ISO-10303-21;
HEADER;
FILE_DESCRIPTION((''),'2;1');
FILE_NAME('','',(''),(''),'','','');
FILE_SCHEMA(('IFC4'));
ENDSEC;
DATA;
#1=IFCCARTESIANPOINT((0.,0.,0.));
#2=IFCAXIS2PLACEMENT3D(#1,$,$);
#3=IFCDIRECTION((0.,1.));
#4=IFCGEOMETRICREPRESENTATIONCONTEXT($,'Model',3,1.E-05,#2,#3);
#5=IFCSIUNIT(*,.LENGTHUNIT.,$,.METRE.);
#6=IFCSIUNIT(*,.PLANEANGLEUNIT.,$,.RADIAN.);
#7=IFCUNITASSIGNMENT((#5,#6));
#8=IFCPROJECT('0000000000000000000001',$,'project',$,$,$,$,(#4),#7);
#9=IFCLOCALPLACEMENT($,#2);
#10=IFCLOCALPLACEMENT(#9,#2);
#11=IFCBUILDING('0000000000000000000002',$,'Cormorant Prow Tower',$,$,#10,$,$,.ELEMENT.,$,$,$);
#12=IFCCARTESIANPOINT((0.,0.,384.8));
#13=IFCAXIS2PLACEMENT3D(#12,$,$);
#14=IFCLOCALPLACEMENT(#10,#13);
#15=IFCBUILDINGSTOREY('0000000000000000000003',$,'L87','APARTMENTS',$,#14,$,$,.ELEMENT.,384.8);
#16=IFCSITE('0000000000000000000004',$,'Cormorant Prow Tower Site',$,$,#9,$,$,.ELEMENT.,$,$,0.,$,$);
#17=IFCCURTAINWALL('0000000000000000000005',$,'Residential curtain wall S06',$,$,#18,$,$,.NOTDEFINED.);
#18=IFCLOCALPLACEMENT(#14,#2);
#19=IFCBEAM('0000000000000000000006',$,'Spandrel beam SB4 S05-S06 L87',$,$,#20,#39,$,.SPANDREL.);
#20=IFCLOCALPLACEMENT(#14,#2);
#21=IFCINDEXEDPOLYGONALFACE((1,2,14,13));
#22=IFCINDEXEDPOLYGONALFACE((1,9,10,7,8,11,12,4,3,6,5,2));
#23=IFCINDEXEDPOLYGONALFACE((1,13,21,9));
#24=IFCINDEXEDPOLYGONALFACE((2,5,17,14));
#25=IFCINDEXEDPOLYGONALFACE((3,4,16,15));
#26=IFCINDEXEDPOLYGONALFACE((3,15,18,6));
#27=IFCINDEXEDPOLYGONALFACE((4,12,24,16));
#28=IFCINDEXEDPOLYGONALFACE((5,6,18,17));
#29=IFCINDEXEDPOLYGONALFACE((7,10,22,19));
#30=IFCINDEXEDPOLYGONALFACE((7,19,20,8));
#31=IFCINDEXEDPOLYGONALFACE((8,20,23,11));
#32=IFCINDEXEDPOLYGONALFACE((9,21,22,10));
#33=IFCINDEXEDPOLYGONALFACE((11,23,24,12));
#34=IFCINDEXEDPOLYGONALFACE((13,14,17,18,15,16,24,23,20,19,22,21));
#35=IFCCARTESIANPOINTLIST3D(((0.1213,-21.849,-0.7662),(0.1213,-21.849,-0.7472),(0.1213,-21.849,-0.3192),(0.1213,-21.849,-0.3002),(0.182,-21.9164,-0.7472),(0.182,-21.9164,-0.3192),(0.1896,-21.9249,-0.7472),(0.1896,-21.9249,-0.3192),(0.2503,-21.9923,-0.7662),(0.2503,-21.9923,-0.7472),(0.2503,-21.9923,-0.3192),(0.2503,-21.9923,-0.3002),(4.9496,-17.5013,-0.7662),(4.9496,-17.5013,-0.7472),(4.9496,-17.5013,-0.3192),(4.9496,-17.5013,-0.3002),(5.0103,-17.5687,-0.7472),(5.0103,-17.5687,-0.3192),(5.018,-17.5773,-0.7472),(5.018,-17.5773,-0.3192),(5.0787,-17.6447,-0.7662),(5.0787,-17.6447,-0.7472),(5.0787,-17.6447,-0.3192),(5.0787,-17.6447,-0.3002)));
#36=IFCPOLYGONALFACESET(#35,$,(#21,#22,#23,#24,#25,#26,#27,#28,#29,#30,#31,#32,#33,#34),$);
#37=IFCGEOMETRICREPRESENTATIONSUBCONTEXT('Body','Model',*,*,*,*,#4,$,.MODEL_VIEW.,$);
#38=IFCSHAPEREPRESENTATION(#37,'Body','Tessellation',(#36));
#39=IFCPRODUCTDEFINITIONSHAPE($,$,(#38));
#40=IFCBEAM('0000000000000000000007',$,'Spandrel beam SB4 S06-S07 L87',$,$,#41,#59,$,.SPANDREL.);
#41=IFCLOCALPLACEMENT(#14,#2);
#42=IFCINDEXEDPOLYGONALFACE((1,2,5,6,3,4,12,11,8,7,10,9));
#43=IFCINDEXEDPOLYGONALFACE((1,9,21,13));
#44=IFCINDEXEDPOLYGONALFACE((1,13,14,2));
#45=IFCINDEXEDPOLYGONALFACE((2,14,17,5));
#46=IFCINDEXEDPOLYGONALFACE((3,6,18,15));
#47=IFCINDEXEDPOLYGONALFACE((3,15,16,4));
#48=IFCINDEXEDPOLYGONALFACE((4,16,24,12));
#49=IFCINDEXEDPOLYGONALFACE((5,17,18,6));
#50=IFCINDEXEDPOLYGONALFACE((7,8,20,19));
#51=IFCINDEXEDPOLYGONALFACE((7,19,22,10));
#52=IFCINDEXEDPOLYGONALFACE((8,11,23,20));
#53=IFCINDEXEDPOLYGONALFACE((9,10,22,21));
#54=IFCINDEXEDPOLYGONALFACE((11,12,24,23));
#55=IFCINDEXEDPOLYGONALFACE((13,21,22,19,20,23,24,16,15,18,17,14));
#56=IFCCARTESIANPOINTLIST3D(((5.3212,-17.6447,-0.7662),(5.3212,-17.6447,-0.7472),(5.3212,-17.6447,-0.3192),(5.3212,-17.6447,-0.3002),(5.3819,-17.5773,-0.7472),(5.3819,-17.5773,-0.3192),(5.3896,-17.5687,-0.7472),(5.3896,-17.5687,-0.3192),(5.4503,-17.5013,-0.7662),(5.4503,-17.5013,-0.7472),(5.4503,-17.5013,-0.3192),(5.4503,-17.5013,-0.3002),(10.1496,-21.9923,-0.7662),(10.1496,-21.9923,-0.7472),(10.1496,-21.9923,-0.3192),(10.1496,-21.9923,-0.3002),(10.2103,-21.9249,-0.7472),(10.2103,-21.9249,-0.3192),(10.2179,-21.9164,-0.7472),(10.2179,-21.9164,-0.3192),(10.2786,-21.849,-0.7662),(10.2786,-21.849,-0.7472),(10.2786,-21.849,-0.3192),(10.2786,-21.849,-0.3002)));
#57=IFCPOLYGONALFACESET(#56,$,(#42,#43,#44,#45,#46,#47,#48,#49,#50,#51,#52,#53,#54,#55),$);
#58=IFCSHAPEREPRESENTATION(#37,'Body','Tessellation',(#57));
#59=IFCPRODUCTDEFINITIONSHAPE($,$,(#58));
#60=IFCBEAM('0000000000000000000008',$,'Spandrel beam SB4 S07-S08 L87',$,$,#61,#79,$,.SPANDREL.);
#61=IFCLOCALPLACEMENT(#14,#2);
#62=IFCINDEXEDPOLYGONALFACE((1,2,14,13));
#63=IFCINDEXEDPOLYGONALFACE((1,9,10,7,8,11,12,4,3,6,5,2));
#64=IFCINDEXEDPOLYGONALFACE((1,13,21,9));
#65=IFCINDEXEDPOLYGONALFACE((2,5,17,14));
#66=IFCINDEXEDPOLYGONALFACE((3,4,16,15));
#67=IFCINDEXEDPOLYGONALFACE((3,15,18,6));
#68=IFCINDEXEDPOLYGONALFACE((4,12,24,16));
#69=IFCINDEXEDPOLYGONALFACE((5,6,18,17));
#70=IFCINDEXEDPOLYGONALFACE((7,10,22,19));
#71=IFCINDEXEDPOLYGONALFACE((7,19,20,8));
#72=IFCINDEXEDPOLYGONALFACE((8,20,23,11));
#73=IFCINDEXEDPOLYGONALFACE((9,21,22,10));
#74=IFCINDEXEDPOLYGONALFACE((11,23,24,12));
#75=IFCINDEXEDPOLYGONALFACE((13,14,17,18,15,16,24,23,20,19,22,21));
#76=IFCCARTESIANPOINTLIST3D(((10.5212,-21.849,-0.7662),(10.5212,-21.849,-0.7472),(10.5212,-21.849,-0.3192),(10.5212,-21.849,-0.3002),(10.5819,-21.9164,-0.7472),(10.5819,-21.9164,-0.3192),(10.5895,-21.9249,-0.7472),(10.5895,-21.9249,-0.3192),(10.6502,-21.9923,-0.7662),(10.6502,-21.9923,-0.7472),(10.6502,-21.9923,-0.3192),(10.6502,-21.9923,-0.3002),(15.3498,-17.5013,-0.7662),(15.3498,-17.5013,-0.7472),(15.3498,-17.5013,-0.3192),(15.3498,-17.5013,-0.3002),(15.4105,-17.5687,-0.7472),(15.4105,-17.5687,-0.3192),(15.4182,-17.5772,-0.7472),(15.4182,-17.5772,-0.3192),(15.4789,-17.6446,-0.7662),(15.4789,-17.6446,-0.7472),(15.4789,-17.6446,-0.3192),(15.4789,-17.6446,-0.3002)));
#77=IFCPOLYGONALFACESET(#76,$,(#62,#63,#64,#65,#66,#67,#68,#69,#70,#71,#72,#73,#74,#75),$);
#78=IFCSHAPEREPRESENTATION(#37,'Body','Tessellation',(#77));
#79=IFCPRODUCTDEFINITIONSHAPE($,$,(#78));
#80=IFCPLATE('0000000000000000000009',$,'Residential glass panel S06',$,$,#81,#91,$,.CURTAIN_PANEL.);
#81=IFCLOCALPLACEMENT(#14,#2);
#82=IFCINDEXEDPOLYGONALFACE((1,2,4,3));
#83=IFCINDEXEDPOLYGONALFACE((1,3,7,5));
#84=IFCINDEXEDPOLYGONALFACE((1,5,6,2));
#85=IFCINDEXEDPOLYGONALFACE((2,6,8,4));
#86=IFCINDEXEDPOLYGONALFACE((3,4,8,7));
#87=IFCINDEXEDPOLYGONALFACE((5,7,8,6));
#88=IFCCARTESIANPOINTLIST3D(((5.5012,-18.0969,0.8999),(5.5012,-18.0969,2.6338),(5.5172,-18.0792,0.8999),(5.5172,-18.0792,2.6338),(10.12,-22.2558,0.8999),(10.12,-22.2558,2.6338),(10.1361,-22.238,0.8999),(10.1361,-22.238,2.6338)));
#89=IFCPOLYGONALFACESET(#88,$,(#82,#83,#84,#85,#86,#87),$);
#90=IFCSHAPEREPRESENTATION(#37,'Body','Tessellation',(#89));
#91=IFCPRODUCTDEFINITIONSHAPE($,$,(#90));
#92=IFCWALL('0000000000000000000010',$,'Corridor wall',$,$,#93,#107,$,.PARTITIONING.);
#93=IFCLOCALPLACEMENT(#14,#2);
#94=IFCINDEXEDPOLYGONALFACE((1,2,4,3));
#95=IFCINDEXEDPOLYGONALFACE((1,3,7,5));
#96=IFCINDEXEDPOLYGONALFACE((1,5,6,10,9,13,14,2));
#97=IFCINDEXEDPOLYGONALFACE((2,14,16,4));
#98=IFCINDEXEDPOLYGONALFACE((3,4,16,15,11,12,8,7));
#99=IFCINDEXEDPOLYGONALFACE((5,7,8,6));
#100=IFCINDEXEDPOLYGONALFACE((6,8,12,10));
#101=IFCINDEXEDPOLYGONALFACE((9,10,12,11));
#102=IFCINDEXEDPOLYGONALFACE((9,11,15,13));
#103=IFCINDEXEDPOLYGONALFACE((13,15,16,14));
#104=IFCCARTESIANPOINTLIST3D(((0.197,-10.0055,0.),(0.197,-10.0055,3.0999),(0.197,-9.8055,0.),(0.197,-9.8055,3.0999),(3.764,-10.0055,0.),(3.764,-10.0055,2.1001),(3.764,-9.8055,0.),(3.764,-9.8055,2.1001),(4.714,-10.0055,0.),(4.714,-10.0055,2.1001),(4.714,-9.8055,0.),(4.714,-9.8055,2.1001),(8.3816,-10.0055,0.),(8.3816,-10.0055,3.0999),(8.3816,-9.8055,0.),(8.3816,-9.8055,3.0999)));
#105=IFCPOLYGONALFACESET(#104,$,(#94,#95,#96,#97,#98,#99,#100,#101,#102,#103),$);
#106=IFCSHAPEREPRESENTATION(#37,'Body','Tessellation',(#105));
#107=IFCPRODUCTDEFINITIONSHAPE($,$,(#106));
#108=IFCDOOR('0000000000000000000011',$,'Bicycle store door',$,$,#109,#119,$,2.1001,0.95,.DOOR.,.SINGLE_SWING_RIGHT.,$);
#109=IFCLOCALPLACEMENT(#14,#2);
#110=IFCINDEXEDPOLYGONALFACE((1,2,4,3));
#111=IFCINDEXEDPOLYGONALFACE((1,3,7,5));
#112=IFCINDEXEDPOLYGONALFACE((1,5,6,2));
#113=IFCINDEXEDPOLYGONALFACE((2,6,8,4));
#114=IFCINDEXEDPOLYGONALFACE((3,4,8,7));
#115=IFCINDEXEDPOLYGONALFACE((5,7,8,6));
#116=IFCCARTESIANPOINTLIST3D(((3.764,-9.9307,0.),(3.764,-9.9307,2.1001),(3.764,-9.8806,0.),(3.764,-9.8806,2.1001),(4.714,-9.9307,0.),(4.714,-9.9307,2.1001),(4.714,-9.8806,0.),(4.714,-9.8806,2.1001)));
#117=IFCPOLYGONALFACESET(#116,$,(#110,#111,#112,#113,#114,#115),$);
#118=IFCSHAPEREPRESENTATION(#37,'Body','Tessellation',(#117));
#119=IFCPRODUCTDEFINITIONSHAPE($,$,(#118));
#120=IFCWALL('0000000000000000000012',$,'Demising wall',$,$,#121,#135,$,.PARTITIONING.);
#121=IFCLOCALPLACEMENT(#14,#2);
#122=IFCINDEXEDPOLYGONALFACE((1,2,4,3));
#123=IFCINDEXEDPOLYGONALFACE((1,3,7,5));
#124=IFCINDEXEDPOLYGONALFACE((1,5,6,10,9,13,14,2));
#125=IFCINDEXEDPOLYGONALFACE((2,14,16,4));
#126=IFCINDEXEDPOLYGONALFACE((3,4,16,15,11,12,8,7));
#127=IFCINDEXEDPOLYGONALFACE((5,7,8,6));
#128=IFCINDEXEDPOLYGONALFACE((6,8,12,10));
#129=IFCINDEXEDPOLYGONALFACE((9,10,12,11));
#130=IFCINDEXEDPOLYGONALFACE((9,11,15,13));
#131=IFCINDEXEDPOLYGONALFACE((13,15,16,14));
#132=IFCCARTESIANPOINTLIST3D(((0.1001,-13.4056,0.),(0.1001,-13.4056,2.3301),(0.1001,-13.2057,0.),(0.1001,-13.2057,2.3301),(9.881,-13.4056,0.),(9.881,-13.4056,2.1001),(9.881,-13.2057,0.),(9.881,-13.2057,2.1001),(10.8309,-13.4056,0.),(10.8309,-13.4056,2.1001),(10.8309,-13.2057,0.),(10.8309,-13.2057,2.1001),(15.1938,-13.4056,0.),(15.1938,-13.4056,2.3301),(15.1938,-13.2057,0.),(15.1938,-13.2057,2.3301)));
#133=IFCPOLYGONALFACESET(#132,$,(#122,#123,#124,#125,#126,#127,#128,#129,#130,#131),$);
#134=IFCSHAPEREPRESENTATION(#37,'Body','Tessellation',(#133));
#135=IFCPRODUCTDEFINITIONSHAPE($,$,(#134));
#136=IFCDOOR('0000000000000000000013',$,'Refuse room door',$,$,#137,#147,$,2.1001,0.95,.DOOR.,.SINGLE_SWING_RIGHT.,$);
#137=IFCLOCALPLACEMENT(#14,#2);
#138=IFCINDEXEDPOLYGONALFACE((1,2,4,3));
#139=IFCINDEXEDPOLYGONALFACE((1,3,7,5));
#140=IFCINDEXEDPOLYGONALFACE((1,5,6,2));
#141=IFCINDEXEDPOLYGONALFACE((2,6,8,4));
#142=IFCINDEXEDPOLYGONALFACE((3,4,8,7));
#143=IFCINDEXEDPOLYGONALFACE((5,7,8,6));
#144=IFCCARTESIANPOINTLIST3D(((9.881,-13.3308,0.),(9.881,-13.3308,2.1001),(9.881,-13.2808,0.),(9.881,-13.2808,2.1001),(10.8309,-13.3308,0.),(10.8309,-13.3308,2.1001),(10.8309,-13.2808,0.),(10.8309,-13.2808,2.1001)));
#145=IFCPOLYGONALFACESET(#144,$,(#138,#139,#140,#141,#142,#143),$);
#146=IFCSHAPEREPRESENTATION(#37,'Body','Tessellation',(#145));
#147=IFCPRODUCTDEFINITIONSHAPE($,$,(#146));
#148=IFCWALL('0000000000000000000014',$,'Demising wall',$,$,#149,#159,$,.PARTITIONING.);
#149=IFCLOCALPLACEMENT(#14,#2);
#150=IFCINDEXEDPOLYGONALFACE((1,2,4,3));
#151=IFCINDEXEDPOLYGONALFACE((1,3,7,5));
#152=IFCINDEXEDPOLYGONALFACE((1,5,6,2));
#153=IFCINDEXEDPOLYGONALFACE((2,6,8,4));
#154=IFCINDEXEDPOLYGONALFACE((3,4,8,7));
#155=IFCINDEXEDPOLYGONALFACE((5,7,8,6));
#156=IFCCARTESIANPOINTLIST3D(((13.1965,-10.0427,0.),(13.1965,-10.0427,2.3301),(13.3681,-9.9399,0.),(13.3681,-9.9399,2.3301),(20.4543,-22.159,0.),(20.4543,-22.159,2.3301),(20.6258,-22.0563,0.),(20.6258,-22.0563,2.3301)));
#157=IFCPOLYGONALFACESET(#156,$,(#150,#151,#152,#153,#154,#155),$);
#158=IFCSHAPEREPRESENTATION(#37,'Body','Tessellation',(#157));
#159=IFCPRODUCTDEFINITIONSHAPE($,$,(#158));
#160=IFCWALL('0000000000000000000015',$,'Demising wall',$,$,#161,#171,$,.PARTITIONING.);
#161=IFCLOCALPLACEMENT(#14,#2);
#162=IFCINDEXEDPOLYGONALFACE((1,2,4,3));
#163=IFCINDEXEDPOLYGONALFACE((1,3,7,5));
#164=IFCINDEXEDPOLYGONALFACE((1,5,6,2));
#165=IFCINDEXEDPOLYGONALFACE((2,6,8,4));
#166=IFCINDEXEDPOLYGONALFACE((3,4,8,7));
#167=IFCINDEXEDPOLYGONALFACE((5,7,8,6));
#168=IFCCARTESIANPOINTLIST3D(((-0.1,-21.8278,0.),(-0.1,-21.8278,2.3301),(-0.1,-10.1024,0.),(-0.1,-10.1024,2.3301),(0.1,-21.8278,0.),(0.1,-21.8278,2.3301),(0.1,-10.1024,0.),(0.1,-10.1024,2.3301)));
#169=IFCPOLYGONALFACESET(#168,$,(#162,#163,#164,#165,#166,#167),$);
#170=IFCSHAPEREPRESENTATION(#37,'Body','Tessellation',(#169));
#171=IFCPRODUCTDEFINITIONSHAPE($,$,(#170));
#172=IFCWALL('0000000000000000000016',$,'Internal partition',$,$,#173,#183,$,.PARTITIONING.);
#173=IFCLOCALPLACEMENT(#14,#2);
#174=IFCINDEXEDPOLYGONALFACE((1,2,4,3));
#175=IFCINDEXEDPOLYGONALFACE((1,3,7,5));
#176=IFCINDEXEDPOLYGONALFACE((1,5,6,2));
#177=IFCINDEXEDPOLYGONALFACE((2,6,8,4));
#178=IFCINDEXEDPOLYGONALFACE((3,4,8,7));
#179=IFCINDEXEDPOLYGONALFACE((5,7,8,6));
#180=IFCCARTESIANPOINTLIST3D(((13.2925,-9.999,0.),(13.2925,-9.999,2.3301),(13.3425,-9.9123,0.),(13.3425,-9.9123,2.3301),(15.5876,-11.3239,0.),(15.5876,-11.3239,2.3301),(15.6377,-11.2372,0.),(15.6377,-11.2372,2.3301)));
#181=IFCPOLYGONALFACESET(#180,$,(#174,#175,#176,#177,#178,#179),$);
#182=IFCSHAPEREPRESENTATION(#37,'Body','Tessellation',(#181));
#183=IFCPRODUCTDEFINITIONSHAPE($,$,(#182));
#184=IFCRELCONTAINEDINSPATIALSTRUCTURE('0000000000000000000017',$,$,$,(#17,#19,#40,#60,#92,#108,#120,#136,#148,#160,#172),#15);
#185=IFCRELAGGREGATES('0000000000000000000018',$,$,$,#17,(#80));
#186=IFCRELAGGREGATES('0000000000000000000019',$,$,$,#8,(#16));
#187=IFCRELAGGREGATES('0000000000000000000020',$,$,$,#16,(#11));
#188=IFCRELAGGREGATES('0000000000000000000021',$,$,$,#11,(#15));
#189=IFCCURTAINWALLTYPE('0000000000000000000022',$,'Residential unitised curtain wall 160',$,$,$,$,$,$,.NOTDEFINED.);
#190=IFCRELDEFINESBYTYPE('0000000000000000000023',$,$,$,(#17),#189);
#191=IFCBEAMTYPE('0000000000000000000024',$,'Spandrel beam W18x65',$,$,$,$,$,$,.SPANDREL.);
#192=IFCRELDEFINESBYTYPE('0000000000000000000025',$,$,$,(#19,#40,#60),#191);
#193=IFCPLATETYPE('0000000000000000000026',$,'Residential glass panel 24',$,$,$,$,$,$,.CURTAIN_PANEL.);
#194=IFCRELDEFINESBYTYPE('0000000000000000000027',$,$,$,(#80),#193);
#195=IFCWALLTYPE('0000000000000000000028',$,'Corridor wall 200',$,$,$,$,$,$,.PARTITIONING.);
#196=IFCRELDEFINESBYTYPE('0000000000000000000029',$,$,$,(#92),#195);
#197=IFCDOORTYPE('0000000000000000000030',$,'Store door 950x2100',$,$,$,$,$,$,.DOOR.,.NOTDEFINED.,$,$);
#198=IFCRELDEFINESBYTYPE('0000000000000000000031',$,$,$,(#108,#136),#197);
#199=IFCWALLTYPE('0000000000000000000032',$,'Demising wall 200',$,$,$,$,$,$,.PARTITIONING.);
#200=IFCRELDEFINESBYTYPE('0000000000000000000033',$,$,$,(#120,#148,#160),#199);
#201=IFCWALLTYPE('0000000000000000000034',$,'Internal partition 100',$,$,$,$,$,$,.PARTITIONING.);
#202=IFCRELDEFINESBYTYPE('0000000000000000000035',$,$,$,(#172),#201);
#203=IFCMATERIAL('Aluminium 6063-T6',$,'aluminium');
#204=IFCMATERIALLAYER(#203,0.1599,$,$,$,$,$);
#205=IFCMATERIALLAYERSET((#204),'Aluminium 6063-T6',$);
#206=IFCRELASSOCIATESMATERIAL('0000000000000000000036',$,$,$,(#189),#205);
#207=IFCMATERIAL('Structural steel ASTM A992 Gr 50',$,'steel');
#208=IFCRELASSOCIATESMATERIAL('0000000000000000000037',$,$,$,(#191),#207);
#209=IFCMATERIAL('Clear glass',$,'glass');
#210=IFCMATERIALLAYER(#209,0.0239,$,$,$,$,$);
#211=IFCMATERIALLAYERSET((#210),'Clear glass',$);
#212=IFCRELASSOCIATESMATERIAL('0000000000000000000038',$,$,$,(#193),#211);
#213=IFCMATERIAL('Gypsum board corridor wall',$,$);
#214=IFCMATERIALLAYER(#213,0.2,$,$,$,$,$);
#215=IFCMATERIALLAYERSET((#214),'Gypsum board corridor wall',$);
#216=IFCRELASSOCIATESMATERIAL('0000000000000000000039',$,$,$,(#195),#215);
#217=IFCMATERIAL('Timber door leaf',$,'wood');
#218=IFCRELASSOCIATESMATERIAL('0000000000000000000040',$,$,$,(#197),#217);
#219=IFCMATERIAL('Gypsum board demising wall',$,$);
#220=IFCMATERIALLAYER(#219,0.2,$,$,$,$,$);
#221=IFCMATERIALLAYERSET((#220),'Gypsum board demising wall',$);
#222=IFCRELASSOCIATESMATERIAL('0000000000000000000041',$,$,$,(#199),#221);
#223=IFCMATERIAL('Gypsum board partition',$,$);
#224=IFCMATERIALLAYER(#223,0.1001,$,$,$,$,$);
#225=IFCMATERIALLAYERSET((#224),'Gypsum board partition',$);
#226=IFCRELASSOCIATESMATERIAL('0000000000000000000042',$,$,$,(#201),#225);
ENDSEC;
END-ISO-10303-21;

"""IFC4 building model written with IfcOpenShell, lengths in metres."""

from ifc_helpers import new_model, si_unit, direction, frame, frame_2d, origin, origin_2d, place, context, subcontext, project, spatial, rectangle, i_section, extrude, material, layer, layer_set, material_profile, profile_set, type_object, element, fill, aggregate, save


model = new_model("IFC4")

# Units and contexts
model_context = context("Model", 3, precision=1e-05, world=origin(), true_north=direction((0.0, 1.0)))
body_context = subcontext(model_context, "Body", "Model", "MODEL_VIEW")
ifc_project = project(units=[si_unit("LENGTHUNIT", "METRE"), si_unit("PLANEANGLEUNIT", "RADIAN")], contexts=[model_context])

# Site, building, storey
site_placement = place(None, origin())
site = spatial("IfcSite", under=ifc_project, at=site_placement, Name="Cormorant Prow Tower Site", CompositionType="ELEMENT", RefElevation=0.0)
building_placement = place(site_placement, origin())
building = spatial("IfcBuilding", under=site, at=building_placement, Name="Cormorant Prow Tower", CompositionType="ELEMENT")
storey_placement = place(building_placement, frame((0.0, 0.0, 384.8)))
storey = spatial("IfcBuildingStorey", under=building, at=storey_placement, Name="L87", Description="APARTMENTS", CompositionType="ELEMENT", Elevation=384.8)

# Curtain wall
ifc_material_1 = material(Name="Aluminium 6063-T6", Category="aluminium")
ifc_layer_1 = layer(ifc_material_1, 0.1599)
ifc_layer_set_1 = layer_set([ifc_layer_1], Name="Aluminium 6063-T6")
curtain_wall_type = type_object("IfcCurtainWallType", Name="Residential unitised curtain wall 160", PredefinedType="NOTDEFINED", material=ifc_layer_set_1)
curtain_wall_placement = place(storey_placement, origin())
curtain_wall = element("IfcCurtainWall", 1, at=curtain_wall_placement, inside=storey, type_object=curtain_wall_type, Name="Residential curtain wall S06", PredefinedType="NOTDEFINED")

# Beams
ifc_material_2 = material(Name="Structural steel ASTM A992 Gr 50", Category="steel")
ifc_material_profile_1 = material_profile(ifc_material_2, i_section(OverallWidth=0.1929, OverallDepth=0.4661, WebThickness=0.0115, FlangeThickness=0.019, at=origin_2d()), Name="W18x65")
ifc_profile_set_1 = profile_set([ifc_material_profile_1], Name="Structural steel ASTM A992 Gr 50")
beam_type_1 = type_object("IfcBeamType", Name="Spandrel beam W18x65", PredefinedType="SPANDREL", material=ifc_profile_set_1)
for number, where, z_axis, x_axis, name in (
    (2, (0.1858, -21.9207, -0.5332), (0.743132, 0.669145, 0.0), (-0.669145, 0.743132, 0.0), "Spandrel beam SB4 S05-S06 L87"),
    (3, (5.3857, -17.573, -0.5332), (0.743132, -0.669145, 0.0), (0.669145, 0.743132, 0.0), "Spandrel beam SB4 S06-S07 L87"),
):
    element("IfcBeam", number, at=place(storey_placement, frame(where, z_axis=z_axis, x_axis=x_axis)), inside=storey, type_object=beam_type_1, Name=name, PredefinedType="SPANDREL", context=body_context, shape_type="SweptSolid", body=[
        extrude(i_section(OverallWidth=0.1929, OverallDepth=0.4661, WebThickness=0.0115, FlangeThickness=0.019, at=origin_2d()), origin(), (0.0, 0.0, 1.0), 6.4973),
    ])
beam_1_placement = place(storey_placement, frame((10.5857, -21.9207, -0.5332), z_axis=(0.743148, 0.669127, 0.0), x_axis=(-0.669127, 0.743148, 0.0)))
element("IfcBeam", 4, at=beam_1_placement, inside=storey, type_object=beam_type_1, Name="Spandrel beam SB4 S07-S08 L87", PredefinedType="SPANDREL", context=body_context, shape_type="SweptSolid", body=[
    extrude(i_section(OverallWidth=0.1929, OverallDepth=0.4661, WebThickness=0.0115, FlangeThickness=0.019, at=origin_2d()), origin(), (0.0, 0.0, 1.0), 6.4976),
])

# Plate
ifc_material_3 = material(Name="Clear glass", Category="glass")
ifc_layer_2 = layer(ifc_material_3, 0.0239)
ifc_layer_set_2 = layer_set([ifc_layer_2], Name="Clear glass")
plate_type = type_object("IfcPlateType", Name="Residential glass panel 24", PredefinedType="CURTAIN_PANEL", material=ifc_layer_set_2)
plate_placement = place(storey_placement, frame((7.8186, -20.1675, 0.8999), z_axis=(0.0, 0.0, 1.0), x_axis=(0.743145, -0.669131, 0.0)))
plate = element("IfcPlate", 5, at=plate_placement, type_object=plate_type, Name="Residential glass panel S06", PredefinedType="CURTAIN_PANEL", context=body_context, shape_type="SweptSolid", body=[
    extrude(rectangle(XDim=6.2153, YDim=0.0239, at=origin_2d()), origin(), (0.0, 0.0, 1.0), 1.7339),
])
aggregate(curtain_wall, [plate])

# Walls, openings, doors
ifc_material_4 = material(Name="Gypsum board corridor wall")
ifc_layer_3 = layer(ifc_material_4, 0.2)
ifc_layer_set_3 = layer_set([ifc_layer_3], Name="Gypsum board corridor wall")
wall_type_1 = type_object("IfcWallType", Name="Corridor wall 200", PredefinedType="PARTITIONING", material=ifc_layer_set_3)
wall_1_placement = place(storey_placement, frame((0.197, -9.9055, 0.0), z_axis=(0.0, 0.0, 1.0), x_axis=(1.0, 0.0, 0.0)))
wall_1 = element("IfcWall", 6, at=wall_1_placement, inside=storey, type_object=wall_type_1, Name="Corridor wall", PredefinedType="PARTITIONING", context=body_context, shape_type="SweptSolid", body=[
    extrude(rectangle(XDim=8.1846, YDim=0.2, at=frame_2d((4.0923, 0.0))), origin(), (0.0, 0.0, 1.0), 3.0999),
])
opening_1_placement = place(wall_1_placement, frame((3.5669, 0.0, 0.0)))
opening_1 = element("IfcOpeningElement", 7, at=opening_1_placement, cuts=wall_1, PredefinedType="OPENING", context=body_context, shape_type="SweptSolid", body=[
    extrude(rectangle(XDim=0.95, YDim=2.1001, at=frame_2d((0.4751, 1.05))), frame((0.0, 0.1099, 0.0), z_axis=(0.0, -1.0, 0.0), x_axis=(1.0, 0.0, 0.0)), (0.0, 0.0, 1.0), 0.22),
])
ifc_material_5 = material(Name="Timber door leaf", Category="wood")
door_type_1 = type_object("IfcDoorType", Name="Store door 950x2100", OperationType="NOTDEFINED", PredefinedType="DOOR", material=ifc_material_5)
door_1_placement = place(opening_1_placement, origin())
door_1 = element("IfcDoor", 8, at=door_1_placement, inside=storey, type_object=door_type_1, Name="Bicycle store door", OperationType="SINGLE_SWING_RIGHT", OverallHeight=2.1001, OverallWidth=0.95, PredefinedType="DOOR", context=body_context, shape_type="SweptSolid", body=[
    extrude(rectangle(XDim=0.95, YDim=2.1001, at=frame_2d((0.4751, 1.05))), frame((0.0, 0.0249, 0.0), z_axis=(0.0, -1.0, 0.0), x_axis=(1.0, 0.0, 0.0)), (0.0, 0.0, 1.0), 0.05),
])
fill(opening_1, door_1)
ifc_material_6 = material(Name="Gypsum board demising wall")
ifc_layer_4 = layer(ifc_material_6, 0.2)
ifc_layer_set_4 = layer_set([ifc_layer_4], Name="Gypsum board demising wall")
wall_type_2 = type_object("IfcWallType", Name="Demising wall 200", PredefinedType="PARTITIONING", material=ifc_layer_set_4)
wall_2_placement = place(storey_placement, frame((0.1001, -13.3057, 0.0), z_axis=(0.0, 0.0, 1.0), x_axis=(1.0, 0.0, 0.0)))
wall_2 = element("IfcWall", 9, at=wall_2_placement, inside=storey, type_object=wall_type_2, Name="Demising wall", PredefinedType="PARTITIONING", context=body_context, shape_type="SweptSolid", body=[
    extrude(rectangle(XDim=15.0938, YDim=0.2, at=frame_2d((7.5469, 0.0))), origin(), (0.0, 0.0, 1.0), 2.3301),
])
opening_2_placement = place(wall_2_placement, frame((9.7808, 0.0, 0.0)))
opening_2 = element("IfcOpeningElement", 10, at=opening_2_placement, cuts=wall_2, PredefinedType="OPENING", context=body_context, shape_type="SweptSolid", body=[
    extrude(rectangle(XDim=0.95, YDim=2.1001, at=frame_2d((0.4751, 1.05))), frame((0.0, 0.1099, 0.0), z_axis=(0.0, -1.0, 0.0), x_axis=(1.0, 0.0, 0.0)), (0.0, 0.0, 1.0), 0.22),
])
door_2_placement = place(opening_2_placement, origin())
door_2 = element("IfcDoor", 11, at=door_2_placement, inside=storey, type_object=door_type_1, Name="Refuse room door", OperationType="SINGLE_SWING_RIGHT", OverallHeight=2.1001, OverallWidth=0.95, PredefinedType="DOOR", context=body_context, shape_type="SweptSolid", body=[
    extrude(rectangle(XDim=0.95, YDim=2.1001, at=frame_2d((0.4751, 1.05))), frame((0.0, 0.0249, 0.0), z_axis=(0.0, -1.0, 0.0), x_axis=(1.0, 0.0, 0.0)), (0.0, 0.0, 1.0), 0.05),
])
fill(opening_2, door_2)

# Walls
wall_3_placement = place(storey_placement, frame((13.2822, -9.9912, 0.0), z_axis=(0.0, 0.0, 1.0), x_axis=(0.513868, -0.857869, 0.0)))
element("IfcWall", 12, at=wall_3_placement, inside=storey, type_object=wall_type_2, Name="Demising wall", PredefinedType="PARTITIONING", context=body_context, shape_type="SweptSolid", body=[
    extrude(rectangle(XDim=14.1238, YDim=0.2, at=frame_2d((7.062, 0.0))), origin(), (0.0, 0.0, 1.0), 2.3301),
])
wall_4_placement = place(storey_placement, frame((0.0, -21.8279, 0.0), z_axis=(0.0, 0.0, 1.0), x_axis=(0.0, 1.0, 0.0)))
element("IfcWall", 13, at=wall_4_placement, inside=storey, type_object=wall_type_2, Name="Demising wall", PredefinedType="PARTITIONING", context=body_context, shape_type="SweptSolid", body=[
    extrude(rectangle(XDim=11.7253, YDim=0.2, at=frame_2d((5.8628, 0.0))), origin(), (0.0, 0.0, 1.0), 2.3301),
])
ifc_material_7 = material(Name="Gypsum board partition")
ifc_layer_5 = layer(ifc_material_7, 0.1001)
ifc_layer_set_5 = layer_set([ifc_layer_5], Name="Gypsum board partition")
wall_type_3 = type_object("IfcWallType", Name="Internal partition 100", PredefinedType="PARTITIONING", material=ifc_layer_set_5)
wall_5_placement = place(storey_placement, frame((13.3174, -9.9556, 0.0), z_axis=(0.0, 0.0, 1.0), x_axis=(0.866052, -0.499954, 0.0)))
element("IfcWall", 14, at=wall_5_placement, inside=storey, type_object=wall_type_3, Name="Internal partition", PredefinedType="PARTITIONING", context=body_context, shape_type="SweptSolid", body=[
    extrude(rectangle(XDim=2.6501, YDim=0.1001, at=frame_2d((1.3252, 0.0))), origin(), (0.0, 0.0, 1.0), 2.3301),
])

save(model, "model.ifc")
